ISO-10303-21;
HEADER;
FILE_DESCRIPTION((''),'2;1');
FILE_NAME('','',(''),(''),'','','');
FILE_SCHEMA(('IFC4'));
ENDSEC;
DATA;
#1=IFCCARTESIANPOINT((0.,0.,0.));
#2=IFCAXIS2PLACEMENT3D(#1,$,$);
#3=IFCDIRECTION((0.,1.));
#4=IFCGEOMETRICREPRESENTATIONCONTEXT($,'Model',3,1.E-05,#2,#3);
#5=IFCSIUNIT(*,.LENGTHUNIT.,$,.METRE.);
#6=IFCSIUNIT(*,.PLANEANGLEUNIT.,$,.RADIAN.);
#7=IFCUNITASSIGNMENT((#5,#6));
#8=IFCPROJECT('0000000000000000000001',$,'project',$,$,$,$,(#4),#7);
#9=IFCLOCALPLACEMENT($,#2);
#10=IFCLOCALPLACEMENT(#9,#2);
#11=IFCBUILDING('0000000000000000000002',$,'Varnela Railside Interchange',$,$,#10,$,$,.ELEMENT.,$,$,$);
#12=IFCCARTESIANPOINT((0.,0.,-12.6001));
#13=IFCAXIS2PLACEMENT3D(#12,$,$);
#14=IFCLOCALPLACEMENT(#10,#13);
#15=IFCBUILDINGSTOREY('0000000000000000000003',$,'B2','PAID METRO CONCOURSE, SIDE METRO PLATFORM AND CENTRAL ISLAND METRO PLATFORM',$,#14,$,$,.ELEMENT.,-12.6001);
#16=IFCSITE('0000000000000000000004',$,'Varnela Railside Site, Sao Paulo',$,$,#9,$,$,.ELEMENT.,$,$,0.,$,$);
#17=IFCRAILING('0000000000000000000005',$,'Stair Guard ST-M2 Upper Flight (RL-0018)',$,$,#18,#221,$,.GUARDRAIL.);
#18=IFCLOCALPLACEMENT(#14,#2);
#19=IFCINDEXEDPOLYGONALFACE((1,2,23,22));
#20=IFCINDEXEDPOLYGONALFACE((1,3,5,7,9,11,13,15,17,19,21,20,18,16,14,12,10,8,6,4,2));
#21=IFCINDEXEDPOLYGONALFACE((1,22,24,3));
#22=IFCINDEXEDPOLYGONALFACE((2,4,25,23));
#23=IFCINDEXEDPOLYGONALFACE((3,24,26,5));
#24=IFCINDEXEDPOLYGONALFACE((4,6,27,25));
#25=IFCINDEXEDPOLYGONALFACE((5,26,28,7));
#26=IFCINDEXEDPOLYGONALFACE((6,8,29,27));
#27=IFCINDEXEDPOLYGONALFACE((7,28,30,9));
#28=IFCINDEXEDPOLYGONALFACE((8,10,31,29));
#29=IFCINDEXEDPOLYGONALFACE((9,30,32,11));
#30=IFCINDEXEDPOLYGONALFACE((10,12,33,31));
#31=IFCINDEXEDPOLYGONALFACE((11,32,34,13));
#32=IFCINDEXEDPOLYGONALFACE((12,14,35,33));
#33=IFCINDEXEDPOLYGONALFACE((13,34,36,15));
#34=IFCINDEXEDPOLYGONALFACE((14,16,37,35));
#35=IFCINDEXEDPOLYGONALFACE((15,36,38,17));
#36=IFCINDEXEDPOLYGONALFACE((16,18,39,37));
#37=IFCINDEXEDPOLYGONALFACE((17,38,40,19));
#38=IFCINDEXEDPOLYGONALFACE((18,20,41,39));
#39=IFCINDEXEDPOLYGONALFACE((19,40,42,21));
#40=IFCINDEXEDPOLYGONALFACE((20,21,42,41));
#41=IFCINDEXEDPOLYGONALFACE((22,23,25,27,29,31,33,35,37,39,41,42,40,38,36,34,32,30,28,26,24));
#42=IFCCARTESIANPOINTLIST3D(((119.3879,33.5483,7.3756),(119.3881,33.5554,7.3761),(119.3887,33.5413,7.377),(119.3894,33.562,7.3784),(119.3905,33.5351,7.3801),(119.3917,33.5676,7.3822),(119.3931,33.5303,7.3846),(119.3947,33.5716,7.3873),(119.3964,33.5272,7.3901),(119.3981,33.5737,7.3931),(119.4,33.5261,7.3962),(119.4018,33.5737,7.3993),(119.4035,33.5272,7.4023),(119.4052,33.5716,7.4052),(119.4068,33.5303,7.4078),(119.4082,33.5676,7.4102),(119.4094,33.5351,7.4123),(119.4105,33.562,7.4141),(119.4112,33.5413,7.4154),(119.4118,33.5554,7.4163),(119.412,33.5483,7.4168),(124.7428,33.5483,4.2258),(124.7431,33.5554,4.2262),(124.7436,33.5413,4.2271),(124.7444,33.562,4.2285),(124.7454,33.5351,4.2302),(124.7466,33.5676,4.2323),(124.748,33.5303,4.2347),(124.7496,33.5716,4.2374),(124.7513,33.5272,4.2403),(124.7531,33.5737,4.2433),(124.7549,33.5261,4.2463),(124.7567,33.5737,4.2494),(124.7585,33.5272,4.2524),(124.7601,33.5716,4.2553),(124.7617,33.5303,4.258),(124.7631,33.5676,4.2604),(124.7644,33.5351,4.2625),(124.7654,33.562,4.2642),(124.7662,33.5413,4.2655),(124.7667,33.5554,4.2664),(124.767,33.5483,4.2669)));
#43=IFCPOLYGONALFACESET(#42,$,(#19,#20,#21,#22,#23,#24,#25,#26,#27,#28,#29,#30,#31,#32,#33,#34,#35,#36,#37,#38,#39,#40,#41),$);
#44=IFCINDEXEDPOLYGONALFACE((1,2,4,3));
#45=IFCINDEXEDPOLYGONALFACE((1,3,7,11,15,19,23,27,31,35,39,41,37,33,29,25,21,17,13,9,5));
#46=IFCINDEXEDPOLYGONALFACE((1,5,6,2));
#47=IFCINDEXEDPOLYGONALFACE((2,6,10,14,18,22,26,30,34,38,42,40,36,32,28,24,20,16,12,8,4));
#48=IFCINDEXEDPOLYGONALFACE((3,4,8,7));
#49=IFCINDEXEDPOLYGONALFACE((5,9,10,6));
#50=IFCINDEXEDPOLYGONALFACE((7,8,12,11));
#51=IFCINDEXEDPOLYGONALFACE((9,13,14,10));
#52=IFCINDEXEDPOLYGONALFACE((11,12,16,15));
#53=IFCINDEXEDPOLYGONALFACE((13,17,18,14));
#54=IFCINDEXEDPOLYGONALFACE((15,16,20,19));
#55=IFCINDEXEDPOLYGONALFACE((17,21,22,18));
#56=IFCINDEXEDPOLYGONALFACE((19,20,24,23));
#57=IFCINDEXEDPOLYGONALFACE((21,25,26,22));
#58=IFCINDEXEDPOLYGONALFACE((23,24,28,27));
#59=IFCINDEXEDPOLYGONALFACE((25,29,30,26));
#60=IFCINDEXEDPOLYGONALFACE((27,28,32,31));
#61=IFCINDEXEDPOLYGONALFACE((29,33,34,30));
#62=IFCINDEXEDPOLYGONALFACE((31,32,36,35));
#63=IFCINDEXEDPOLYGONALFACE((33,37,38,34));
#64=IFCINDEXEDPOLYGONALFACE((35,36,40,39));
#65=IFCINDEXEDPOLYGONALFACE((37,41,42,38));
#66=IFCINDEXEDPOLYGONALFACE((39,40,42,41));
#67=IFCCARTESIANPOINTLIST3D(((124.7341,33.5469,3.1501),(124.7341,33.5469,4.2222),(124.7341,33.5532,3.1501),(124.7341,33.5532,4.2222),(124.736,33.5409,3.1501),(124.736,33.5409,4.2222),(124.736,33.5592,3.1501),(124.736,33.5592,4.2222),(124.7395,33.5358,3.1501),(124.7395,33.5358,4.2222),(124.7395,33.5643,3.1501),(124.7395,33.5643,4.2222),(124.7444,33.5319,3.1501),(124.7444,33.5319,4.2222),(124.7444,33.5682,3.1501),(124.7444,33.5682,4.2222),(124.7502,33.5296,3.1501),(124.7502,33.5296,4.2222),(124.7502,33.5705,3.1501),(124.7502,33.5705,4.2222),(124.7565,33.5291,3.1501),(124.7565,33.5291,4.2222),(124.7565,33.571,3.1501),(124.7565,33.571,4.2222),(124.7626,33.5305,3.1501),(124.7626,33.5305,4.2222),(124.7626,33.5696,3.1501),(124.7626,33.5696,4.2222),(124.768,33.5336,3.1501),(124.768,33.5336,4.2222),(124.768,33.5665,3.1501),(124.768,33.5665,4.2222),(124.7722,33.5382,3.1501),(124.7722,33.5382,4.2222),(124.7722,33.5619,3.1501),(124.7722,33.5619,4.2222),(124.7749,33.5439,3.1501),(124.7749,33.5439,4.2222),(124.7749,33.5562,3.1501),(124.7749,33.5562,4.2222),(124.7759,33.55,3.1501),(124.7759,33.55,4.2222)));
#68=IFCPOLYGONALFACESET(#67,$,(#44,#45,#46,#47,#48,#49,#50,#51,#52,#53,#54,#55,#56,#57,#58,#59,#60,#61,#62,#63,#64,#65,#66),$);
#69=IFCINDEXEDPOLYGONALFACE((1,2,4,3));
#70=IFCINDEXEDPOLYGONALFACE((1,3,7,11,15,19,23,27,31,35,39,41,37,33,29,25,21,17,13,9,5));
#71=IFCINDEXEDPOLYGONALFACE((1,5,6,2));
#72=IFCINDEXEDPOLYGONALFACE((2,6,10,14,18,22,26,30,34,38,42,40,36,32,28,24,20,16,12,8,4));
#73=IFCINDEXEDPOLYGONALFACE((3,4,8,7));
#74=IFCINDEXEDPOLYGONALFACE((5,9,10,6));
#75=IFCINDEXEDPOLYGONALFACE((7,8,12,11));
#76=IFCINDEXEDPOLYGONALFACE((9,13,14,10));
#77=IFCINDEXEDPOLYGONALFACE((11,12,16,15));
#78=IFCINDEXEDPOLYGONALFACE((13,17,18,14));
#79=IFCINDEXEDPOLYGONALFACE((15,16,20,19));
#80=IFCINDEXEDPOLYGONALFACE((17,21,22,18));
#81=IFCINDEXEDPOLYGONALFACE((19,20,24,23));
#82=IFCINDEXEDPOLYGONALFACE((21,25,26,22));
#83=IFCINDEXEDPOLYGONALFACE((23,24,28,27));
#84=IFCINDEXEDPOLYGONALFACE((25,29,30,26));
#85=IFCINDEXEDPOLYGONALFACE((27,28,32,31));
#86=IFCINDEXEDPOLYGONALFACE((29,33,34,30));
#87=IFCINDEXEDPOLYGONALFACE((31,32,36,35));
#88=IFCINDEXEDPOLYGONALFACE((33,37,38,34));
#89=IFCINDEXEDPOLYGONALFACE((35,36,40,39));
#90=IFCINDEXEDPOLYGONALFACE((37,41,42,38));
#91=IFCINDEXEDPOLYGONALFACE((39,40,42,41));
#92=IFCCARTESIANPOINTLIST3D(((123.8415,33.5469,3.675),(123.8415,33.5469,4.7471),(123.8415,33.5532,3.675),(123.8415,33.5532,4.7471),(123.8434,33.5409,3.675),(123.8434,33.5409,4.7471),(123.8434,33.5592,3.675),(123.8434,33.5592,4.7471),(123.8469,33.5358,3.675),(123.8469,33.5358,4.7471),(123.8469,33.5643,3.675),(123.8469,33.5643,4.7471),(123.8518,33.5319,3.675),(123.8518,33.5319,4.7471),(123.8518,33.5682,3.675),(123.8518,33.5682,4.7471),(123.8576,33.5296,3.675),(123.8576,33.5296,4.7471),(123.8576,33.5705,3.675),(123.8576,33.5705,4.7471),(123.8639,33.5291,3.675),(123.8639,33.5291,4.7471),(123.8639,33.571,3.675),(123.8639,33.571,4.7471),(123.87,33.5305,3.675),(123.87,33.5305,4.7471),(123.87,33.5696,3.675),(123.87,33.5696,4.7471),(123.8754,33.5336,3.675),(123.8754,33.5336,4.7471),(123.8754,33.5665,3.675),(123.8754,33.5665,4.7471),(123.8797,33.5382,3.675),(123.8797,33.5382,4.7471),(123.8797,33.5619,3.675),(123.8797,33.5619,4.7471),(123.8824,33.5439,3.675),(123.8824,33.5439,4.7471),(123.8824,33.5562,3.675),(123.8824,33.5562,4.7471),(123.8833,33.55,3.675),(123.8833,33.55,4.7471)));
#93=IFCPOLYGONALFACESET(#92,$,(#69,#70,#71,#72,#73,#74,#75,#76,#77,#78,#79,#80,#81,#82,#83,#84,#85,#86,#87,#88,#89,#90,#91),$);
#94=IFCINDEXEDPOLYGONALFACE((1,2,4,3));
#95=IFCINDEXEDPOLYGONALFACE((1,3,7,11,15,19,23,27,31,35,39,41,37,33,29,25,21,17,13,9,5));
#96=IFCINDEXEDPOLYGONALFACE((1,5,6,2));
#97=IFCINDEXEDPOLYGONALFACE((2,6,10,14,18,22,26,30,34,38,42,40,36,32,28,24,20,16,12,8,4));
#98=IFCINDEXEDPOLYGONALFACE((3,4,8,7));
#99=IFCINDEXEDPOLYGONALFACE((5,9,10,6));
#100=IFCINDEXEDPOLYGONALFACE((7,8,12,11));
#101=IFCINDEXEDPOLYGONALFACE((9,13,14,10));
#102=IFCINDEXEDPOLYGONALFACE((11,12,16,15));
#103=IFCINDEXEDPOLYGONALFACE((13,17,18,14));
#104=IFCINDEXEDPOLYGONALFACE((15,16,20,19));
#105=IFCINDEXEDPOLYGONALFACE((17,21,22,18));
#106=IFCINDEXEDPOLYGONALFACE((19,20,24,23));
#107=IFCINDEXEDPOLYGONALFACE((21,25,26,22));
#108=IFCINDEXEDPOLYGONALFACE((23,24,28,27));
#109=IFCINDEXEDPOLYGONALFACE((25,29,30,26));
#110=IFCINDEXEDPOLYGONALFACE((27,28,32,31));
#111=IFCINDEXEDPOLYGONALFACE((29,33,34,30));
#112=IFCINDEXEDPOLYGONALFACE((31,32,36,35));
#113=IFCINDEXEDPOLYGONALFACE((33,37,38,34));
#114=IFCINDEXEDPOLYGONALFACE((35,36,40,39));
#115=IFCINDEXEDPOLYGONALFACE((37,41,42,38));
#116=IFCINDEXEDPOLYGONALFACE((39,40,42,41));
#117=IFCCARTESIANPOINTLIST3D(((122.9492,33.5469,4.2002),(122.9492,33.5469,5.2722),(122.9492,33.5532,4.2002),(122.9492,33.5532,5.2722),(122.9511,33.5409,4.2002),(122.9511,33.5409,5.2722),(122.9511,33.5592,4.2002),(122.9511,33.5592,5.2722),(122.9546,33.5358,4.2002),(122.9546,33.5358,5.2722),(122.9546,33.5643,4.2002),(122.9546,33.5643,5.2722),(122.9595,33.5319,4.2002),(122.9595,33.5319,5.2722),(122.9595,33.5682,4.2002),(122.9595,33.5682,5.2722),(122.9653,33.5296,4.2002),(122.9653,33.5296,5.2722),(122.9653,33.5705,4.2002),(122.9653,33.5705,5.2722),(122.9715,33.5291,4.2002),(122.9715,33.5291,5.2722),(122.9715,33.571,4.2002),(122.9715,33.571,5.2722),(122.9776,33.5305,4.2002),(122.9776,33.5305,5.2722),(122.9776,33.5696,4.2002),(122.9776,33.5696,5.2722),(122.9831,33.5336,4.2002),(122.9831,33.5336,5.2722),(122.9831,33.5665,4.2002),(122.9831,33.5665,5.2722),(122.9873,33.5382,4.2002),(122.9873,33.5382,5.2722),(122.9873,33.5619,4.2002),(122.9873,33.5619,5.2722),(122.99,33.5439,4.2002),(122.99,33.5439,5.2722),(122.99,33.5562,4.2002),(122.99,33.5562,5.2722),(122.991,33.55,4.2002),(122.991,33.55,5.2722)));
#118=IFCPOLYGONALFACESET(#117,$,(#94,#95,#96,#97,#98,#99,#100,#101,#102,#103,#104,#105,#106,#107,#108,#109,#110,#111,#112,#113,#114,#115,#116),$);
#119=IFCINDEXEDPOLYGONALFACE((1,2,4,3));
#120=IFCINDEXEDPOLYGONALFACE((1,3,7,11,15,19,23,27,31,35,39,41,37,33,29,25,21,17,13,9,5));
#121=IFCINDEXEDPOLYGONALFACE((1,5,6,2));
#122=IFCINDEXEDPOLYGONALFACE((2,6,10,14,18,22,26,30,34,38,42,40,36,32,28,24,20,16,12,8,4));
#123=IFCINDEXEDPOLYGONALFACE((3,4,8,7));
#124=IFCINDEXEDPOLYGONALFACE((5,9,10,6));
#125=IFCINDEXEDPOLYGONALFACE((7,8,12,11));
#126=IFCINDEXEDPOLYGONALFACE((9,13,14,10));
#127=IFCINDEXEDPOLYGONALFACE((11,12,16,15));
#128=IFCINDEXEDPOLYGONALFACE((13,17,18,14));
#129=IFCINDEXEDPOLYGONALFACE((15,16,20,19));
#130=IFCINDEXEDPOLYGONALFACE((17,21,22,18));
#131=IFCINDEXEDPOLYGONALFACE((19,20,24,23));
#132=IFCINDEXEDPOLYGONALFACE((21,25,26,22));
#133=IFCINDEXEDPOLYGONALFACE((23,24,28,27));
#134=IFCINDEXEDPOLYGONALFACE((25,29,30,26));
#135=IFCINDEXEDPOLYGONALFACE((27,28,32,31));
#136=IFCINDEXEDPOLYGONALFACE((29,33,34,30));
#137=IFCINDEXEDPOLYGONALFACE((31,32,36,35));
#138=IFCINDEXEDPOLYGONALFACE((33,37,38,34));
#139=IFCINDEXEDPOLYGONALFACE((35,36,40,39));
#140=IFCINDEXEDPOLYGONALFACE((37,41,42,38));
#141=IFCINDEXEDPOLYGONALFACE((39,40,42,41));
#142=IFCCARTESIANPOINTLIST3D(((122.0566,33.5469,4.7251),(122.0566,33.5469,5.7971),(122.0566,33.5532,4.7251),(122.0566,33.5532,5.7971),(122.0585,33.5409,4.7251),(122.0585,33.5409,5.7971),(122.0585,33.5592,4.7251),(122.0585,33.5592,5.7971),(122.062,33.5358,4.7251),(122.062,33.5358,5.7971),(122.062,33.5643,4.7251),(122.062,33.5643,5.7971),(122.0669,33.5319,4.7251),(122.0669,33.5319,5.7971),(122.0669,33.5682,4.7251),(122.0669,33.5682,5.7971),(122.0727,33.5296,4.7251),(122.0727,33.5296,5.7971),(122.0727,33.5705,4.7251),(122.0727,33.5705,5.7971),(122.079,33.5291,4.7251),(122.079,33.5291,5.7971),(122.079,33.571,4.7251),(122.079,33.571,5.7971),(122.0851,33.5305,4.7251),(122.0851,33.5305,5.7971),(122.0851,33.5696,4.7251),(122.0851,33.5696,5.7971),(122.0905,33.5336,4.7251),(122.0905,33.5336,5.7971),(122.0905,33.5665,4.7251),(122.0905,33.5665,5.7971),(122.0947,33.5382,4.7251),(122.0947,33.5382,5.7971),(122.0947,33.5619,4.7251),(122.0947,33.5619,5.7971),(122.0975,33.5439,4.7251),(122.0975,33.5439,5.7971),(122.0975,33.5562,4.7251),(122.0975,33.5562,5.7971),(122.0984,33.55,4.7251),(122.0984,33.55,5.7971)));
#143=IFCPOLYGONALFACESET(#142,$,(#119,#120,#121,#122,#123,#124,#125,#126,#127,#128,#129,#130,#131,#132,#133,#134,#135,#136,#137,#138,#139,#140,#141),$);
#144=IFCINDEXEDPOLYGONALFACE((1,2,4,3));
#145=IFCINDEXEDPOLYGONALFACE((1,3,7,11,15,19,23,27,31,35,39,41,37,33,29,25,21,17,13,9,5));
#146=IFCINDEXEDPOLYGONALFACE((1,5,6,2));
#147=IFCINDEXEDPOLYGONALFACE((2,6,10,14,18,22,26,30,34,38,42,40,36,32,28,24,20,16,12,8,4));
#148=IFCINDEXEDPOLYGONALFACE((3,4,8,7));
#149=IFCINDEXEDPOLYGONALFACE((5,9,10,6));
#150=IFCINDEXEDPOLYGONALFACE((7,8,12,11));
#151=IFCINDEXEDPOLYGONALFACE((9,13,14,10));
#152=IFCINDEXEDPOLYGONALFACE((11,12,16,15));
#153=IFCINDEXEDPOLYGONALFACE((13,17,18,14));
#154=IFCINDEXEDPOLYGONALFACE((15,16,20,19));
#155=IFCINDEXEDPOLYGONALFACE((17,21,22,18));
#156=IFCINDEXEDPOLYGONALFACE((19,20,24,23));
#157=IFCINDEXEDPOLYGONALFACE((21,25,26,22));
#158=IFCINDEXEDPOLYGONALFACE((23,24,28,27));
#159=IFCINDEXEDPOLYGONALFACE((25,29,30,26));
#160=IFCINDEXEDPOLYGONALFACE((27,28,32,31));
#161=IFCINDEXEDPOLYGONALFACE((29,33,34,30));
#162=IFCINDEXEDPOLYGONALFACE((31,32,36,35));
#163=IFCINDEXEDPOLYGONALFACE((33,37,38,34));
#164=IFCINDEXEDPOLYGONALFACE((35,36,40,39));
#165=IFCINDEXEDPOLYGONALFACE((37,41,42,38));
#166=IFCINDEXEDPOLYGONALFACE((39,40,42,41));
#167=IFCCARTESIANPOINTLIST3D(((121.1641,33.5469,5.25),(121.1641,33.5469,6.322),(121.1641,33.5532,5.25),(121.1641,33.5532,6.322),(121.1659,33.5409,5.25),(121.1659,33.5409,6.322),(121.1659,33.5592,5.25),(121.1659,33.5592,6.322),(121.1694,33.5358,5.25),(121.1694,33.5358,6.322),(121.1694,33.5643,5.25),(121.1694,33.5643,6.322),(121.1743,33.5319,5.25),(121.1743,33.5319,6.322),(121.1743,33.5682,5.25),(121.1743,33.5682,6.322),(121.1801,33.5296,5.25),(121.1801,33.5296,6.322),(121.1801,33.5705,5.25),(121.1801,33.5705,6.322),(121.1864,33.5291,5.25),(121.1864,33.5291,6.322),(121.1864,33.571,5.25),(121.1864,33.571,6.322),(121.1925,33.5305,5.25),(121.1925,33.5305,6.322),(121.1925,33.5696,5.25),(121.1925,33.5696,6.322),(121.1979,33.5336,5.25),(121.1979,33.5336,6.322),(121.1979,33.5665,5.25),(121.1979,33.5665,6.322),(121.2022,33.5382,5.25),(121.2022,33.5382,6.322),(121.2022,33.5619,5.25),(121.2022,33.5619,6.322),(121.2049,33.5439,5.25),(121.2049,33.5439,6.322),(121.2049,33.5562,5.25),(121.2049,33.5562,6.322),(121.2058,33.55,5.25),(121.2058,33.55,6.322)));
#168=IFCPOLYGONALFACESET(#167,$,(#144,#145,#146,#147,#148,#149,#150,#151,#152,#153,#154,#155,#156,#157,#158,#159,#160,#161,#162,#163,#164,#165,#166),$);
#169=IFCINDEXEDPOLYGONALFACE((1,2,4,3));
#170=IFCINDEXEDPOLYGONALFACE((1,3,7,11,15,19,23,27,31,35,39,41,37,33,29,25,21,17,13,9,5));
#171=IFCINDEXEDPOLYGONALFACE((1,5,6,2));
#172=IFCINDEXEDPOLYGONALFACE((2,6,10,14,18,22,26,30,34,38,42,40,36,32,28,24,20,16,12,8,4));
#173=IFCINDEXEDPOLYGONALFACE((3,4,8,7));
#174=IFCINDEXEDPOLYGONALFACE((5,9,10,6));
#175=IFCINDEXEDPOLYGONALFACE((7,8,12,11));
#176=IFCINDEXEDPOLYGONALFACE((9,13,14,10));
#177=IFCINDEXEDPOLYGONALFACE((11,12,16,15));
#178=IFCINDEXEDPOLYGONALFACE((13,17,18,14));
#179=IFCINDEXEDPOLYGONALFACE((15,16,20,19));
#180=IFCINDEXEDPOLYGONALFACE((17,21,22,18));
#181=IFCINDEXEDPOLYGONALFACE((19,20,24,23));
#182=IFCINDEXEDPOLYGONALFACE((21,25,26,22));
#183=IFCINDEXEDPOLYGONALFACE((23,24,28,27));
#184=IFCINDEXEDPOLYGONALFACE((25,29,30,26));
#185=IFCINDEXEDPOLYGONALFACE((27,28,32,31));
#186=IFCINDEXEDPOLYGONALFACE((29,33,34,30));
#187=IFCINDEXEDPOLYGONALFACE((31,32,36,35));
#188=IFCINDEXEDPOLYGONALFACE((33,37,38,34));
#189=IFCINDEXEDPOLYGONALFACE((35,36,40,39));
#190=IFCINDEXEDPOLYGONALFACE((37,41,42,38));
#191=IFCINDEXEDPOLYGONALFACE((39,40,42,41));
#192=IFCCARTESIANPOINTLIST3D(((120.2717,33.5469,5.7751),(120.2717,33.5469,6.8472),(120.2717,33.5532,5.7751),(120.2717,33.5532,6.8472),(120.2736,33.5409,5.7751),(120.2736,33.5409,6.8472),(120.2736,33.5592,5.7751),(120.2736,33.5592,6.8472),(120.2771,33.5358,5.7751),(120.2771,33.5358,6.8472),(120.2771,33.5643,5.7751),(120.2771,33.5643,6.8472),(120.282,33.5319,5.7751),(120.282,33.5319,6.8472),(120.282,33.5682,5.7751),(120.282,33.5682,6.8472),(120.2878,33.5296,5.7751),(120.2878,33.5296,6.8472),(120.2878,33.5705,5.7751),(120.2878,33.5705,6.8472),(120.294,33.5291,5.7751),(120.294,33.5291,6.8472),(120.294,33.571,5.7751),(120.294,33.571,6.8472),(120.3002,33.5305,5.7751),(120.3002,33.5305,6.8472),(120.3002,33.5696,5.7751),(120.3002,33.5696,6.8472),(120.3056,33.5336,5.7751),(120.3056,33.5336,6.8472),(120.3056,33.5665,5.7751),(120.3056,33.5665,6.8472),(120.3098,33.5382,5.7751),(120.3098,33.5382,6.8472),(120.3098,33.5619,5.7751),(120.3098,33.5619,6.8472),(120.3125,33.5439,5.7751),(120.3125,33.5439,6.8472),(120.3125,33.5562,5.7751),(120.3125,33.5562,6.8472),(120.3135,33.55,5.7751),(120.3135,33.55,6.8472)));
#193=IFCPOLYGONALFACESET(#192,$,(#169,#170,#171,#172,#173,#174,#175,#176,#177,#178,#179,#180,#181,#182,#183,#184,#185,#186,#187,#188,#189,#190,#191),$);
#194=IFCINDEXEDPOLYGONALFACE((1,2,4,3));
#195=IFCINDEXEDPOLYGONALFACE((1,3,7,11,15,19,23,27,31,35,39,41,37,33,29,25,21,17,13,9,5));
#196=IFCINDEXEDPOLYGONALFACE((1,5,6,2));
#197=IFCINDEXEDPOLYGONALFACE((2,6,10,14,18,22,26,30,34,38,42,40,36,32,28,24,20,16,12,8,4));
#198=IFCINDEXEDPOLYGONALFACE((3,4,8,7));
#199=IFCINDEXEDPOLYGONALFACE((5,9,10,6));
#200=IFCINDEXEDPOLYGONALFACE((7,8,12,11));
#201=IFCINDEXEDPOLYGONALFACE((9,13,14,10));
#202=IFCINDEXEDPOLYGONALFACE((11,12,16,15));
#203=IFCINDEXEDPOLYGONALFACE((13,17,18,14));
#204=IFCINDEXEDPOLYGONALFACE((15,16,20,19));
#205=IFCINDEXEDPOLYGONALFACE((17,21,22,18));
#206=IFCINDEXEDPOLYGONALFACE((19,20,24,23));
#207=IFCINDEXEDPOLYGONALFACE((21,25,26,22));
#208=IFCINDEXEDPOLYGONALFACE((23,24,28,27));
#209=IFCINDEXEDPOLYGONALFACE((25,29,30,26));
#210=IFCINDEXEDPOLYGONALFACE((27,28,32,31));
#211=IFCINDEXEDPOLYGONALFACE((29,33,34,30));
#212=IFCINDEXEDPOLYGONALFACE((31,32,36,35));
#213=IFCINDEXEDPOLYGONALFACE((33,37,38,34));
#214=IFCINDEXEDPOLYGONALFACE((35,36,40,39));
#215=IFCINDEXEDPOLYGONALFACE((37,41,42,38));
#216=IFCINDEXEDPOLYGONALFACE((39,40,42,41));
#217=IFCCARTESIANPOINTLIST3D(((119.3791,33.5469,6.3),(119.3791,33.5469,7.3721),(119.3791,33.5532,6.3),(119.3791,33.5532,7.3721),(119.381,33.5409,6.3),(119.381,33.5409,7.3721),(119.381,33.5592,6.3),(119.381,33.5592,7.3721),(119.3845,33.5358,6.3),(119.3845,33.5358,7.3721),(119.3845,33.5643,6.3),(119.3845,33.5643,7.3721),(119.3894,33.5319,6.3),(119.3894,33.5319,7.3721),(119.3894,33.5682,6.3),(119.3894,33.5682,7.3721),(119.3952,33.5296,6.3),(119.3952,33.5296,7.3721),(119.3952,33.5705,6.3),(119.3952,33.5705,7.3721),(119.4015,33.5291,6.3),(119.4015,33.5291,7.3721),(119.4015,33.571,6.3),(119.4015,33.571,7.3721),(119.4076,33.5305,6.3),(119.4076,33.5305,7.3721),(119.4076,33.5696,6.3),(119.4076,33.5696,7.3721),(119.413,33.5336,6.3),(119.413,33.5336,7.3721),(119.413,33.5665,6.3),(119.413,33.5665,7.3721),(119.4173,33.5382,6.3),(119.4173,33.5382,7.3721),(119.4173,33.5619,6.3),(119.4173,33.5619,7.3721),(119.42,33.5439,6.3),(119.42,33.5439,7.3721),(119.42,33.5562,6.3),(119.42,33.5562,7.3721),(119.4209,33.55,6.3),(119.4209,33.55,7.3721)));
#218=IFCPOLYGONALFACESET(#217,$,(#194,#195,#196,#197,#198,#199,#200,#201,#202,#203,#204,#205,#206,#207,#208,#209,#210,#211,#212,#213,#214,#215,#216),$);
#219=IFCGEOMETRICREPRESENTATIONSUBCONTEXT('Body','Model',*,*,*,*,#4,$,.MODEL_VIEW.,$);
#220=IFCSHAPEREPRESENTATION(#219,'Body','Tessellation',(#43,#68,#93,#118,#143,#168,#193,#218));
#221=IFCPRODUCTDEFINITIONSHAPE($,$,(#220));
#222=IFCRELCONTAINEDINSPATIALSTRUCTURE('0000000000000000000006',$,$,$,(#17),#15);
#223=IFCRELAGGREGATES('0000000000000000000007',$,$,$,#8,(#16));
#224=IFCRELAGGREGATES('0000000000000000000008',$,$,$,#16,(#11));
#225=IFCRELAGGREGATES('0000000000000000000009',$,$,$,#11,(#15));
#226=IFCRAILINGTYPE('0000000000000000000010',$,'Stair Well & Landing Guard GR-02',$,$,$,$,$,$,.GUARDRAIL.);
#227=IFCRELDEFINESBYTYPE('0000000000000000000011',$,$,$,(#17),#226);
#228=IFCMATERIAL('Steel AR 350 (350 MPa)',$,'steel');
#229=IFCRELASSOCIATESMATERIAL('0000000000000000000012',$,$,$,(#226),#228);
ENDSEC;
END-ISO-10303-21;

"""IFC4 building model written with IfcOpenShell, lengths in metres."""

from ifc_helpers import new_model, si_unit, direction, frame, origin, origin_2d, place, context, subcontext, project, spatial, circle, extrude, material, type_object, element, save


model = new_model("IFC4")

# Units and contexts
model_context = context("Model", 3, precision=1e-05, world=origin(), true_north=direction((0.0, 1.0)))
body_context = subcontext(model_context, "Body", "Model", "MODEL_VIEW")
ifc_project = project(units=[si_unit("LENGTHUNIT", "METRE"), si_unit("PLANEANGLEUNIT", "RADIAN")], contexts=[model_context])

# Site, building, storey
site_placement = place(None, origin())
site = spatial("IfcSite", under=ifc_project, at=site_placement, Name="Varnela Railside Site, Sao Paulo", CompositionType="ELEMENT", RefElevation=0.0)
building_placement = place(site_placement, origin())
building = spatial("IfcBuilding", under=site, at=building_placement, Name="Varnela Railside Interchange", CompositionType="ELEMENT")
storey_placement = place(building_placement, frame((0.0, 0.0, -12.6001)))
storey = spatial("IfcBuildingStorey", under=building, at=storey_placement, Name="B2", Description="PAID METRO CONCOURSE, SIDE METRO PLATFORM AND CENTRAL ISLAND METRO PLATFORM", CompositionType="ELEMENT", Elevation=-12.6001)

# Shared definitions
ifc_material_1 = material(Name="Steel AR 350 (350 MPa)", Category="steel")

# Railing
railing_type_1 = type_object("IfcRailingType", Name="Stair Well & Landing Guard GR-02", PredefinedType="GUARDRAIL", material=ifc_material_1)
railing_1_placement = place(storey_placement, frame((124.7549, 33.55, 3.1501)))
element("IfcRailing", 1, at=railing_1_placement, inside=storey, type_object=railing_type_1, Name="Stair Guard ST-M2 Upper Flight (RL-0018)", PredefinedType="GUARDRAIL", context=body_context, shape_type="SweptSolid", body=[
    extrude(circle(Radius=0.0239, at=origin_2d()), frame((0.0, 0.0, 1.0962), z_axis=(-0.86194, 0.0, 0.50701), x_axis=(0.0, -1.0, 0.0)), (0.0, 0.0, 1.0), 6.2126),
    extrude(circle(Radius=0.021, at=origin_2d()), origin(), (0.0, 0.0, 1.0), 1.072),
    extrude(circle(Radius=0.021, at=origin_2d()), frame((-0.8926, 0.0, 0.5249)), (0.0, 0.0, 1.0), 1.072),
    extrude(circle(Radius=0.021, at=origin_2d()), frame((-1.7849, 0.0, 1.05)), (0.0, 0.0, 1.0), 1.072),
    extrude(circle(Radius=0.021, at=origin_2d()), frame((-2.6775, 0.0, 1.575)), (0.0, 0.0, 1.0), 1.072),
    extrude(circle(Radius=0.021, at=origin_2d()), frame((-3.5701, 0.0, 2.0999)), (0.0, 0.0, 1.0), 1.072),
    extrude(circle(Radius=0.021, at=origin_2d()), frame((-4.4624, 0.0, 2.625)), (0.0, 0.0, 1.0), 1.072),
    extrude(circle(Radius=0.021, at=origin_2d()), frame((-5.355, 0.0, 3.1499)), (0.0, 0.0, 1.0), 1.072),
])

save(model, "model.ifc")
